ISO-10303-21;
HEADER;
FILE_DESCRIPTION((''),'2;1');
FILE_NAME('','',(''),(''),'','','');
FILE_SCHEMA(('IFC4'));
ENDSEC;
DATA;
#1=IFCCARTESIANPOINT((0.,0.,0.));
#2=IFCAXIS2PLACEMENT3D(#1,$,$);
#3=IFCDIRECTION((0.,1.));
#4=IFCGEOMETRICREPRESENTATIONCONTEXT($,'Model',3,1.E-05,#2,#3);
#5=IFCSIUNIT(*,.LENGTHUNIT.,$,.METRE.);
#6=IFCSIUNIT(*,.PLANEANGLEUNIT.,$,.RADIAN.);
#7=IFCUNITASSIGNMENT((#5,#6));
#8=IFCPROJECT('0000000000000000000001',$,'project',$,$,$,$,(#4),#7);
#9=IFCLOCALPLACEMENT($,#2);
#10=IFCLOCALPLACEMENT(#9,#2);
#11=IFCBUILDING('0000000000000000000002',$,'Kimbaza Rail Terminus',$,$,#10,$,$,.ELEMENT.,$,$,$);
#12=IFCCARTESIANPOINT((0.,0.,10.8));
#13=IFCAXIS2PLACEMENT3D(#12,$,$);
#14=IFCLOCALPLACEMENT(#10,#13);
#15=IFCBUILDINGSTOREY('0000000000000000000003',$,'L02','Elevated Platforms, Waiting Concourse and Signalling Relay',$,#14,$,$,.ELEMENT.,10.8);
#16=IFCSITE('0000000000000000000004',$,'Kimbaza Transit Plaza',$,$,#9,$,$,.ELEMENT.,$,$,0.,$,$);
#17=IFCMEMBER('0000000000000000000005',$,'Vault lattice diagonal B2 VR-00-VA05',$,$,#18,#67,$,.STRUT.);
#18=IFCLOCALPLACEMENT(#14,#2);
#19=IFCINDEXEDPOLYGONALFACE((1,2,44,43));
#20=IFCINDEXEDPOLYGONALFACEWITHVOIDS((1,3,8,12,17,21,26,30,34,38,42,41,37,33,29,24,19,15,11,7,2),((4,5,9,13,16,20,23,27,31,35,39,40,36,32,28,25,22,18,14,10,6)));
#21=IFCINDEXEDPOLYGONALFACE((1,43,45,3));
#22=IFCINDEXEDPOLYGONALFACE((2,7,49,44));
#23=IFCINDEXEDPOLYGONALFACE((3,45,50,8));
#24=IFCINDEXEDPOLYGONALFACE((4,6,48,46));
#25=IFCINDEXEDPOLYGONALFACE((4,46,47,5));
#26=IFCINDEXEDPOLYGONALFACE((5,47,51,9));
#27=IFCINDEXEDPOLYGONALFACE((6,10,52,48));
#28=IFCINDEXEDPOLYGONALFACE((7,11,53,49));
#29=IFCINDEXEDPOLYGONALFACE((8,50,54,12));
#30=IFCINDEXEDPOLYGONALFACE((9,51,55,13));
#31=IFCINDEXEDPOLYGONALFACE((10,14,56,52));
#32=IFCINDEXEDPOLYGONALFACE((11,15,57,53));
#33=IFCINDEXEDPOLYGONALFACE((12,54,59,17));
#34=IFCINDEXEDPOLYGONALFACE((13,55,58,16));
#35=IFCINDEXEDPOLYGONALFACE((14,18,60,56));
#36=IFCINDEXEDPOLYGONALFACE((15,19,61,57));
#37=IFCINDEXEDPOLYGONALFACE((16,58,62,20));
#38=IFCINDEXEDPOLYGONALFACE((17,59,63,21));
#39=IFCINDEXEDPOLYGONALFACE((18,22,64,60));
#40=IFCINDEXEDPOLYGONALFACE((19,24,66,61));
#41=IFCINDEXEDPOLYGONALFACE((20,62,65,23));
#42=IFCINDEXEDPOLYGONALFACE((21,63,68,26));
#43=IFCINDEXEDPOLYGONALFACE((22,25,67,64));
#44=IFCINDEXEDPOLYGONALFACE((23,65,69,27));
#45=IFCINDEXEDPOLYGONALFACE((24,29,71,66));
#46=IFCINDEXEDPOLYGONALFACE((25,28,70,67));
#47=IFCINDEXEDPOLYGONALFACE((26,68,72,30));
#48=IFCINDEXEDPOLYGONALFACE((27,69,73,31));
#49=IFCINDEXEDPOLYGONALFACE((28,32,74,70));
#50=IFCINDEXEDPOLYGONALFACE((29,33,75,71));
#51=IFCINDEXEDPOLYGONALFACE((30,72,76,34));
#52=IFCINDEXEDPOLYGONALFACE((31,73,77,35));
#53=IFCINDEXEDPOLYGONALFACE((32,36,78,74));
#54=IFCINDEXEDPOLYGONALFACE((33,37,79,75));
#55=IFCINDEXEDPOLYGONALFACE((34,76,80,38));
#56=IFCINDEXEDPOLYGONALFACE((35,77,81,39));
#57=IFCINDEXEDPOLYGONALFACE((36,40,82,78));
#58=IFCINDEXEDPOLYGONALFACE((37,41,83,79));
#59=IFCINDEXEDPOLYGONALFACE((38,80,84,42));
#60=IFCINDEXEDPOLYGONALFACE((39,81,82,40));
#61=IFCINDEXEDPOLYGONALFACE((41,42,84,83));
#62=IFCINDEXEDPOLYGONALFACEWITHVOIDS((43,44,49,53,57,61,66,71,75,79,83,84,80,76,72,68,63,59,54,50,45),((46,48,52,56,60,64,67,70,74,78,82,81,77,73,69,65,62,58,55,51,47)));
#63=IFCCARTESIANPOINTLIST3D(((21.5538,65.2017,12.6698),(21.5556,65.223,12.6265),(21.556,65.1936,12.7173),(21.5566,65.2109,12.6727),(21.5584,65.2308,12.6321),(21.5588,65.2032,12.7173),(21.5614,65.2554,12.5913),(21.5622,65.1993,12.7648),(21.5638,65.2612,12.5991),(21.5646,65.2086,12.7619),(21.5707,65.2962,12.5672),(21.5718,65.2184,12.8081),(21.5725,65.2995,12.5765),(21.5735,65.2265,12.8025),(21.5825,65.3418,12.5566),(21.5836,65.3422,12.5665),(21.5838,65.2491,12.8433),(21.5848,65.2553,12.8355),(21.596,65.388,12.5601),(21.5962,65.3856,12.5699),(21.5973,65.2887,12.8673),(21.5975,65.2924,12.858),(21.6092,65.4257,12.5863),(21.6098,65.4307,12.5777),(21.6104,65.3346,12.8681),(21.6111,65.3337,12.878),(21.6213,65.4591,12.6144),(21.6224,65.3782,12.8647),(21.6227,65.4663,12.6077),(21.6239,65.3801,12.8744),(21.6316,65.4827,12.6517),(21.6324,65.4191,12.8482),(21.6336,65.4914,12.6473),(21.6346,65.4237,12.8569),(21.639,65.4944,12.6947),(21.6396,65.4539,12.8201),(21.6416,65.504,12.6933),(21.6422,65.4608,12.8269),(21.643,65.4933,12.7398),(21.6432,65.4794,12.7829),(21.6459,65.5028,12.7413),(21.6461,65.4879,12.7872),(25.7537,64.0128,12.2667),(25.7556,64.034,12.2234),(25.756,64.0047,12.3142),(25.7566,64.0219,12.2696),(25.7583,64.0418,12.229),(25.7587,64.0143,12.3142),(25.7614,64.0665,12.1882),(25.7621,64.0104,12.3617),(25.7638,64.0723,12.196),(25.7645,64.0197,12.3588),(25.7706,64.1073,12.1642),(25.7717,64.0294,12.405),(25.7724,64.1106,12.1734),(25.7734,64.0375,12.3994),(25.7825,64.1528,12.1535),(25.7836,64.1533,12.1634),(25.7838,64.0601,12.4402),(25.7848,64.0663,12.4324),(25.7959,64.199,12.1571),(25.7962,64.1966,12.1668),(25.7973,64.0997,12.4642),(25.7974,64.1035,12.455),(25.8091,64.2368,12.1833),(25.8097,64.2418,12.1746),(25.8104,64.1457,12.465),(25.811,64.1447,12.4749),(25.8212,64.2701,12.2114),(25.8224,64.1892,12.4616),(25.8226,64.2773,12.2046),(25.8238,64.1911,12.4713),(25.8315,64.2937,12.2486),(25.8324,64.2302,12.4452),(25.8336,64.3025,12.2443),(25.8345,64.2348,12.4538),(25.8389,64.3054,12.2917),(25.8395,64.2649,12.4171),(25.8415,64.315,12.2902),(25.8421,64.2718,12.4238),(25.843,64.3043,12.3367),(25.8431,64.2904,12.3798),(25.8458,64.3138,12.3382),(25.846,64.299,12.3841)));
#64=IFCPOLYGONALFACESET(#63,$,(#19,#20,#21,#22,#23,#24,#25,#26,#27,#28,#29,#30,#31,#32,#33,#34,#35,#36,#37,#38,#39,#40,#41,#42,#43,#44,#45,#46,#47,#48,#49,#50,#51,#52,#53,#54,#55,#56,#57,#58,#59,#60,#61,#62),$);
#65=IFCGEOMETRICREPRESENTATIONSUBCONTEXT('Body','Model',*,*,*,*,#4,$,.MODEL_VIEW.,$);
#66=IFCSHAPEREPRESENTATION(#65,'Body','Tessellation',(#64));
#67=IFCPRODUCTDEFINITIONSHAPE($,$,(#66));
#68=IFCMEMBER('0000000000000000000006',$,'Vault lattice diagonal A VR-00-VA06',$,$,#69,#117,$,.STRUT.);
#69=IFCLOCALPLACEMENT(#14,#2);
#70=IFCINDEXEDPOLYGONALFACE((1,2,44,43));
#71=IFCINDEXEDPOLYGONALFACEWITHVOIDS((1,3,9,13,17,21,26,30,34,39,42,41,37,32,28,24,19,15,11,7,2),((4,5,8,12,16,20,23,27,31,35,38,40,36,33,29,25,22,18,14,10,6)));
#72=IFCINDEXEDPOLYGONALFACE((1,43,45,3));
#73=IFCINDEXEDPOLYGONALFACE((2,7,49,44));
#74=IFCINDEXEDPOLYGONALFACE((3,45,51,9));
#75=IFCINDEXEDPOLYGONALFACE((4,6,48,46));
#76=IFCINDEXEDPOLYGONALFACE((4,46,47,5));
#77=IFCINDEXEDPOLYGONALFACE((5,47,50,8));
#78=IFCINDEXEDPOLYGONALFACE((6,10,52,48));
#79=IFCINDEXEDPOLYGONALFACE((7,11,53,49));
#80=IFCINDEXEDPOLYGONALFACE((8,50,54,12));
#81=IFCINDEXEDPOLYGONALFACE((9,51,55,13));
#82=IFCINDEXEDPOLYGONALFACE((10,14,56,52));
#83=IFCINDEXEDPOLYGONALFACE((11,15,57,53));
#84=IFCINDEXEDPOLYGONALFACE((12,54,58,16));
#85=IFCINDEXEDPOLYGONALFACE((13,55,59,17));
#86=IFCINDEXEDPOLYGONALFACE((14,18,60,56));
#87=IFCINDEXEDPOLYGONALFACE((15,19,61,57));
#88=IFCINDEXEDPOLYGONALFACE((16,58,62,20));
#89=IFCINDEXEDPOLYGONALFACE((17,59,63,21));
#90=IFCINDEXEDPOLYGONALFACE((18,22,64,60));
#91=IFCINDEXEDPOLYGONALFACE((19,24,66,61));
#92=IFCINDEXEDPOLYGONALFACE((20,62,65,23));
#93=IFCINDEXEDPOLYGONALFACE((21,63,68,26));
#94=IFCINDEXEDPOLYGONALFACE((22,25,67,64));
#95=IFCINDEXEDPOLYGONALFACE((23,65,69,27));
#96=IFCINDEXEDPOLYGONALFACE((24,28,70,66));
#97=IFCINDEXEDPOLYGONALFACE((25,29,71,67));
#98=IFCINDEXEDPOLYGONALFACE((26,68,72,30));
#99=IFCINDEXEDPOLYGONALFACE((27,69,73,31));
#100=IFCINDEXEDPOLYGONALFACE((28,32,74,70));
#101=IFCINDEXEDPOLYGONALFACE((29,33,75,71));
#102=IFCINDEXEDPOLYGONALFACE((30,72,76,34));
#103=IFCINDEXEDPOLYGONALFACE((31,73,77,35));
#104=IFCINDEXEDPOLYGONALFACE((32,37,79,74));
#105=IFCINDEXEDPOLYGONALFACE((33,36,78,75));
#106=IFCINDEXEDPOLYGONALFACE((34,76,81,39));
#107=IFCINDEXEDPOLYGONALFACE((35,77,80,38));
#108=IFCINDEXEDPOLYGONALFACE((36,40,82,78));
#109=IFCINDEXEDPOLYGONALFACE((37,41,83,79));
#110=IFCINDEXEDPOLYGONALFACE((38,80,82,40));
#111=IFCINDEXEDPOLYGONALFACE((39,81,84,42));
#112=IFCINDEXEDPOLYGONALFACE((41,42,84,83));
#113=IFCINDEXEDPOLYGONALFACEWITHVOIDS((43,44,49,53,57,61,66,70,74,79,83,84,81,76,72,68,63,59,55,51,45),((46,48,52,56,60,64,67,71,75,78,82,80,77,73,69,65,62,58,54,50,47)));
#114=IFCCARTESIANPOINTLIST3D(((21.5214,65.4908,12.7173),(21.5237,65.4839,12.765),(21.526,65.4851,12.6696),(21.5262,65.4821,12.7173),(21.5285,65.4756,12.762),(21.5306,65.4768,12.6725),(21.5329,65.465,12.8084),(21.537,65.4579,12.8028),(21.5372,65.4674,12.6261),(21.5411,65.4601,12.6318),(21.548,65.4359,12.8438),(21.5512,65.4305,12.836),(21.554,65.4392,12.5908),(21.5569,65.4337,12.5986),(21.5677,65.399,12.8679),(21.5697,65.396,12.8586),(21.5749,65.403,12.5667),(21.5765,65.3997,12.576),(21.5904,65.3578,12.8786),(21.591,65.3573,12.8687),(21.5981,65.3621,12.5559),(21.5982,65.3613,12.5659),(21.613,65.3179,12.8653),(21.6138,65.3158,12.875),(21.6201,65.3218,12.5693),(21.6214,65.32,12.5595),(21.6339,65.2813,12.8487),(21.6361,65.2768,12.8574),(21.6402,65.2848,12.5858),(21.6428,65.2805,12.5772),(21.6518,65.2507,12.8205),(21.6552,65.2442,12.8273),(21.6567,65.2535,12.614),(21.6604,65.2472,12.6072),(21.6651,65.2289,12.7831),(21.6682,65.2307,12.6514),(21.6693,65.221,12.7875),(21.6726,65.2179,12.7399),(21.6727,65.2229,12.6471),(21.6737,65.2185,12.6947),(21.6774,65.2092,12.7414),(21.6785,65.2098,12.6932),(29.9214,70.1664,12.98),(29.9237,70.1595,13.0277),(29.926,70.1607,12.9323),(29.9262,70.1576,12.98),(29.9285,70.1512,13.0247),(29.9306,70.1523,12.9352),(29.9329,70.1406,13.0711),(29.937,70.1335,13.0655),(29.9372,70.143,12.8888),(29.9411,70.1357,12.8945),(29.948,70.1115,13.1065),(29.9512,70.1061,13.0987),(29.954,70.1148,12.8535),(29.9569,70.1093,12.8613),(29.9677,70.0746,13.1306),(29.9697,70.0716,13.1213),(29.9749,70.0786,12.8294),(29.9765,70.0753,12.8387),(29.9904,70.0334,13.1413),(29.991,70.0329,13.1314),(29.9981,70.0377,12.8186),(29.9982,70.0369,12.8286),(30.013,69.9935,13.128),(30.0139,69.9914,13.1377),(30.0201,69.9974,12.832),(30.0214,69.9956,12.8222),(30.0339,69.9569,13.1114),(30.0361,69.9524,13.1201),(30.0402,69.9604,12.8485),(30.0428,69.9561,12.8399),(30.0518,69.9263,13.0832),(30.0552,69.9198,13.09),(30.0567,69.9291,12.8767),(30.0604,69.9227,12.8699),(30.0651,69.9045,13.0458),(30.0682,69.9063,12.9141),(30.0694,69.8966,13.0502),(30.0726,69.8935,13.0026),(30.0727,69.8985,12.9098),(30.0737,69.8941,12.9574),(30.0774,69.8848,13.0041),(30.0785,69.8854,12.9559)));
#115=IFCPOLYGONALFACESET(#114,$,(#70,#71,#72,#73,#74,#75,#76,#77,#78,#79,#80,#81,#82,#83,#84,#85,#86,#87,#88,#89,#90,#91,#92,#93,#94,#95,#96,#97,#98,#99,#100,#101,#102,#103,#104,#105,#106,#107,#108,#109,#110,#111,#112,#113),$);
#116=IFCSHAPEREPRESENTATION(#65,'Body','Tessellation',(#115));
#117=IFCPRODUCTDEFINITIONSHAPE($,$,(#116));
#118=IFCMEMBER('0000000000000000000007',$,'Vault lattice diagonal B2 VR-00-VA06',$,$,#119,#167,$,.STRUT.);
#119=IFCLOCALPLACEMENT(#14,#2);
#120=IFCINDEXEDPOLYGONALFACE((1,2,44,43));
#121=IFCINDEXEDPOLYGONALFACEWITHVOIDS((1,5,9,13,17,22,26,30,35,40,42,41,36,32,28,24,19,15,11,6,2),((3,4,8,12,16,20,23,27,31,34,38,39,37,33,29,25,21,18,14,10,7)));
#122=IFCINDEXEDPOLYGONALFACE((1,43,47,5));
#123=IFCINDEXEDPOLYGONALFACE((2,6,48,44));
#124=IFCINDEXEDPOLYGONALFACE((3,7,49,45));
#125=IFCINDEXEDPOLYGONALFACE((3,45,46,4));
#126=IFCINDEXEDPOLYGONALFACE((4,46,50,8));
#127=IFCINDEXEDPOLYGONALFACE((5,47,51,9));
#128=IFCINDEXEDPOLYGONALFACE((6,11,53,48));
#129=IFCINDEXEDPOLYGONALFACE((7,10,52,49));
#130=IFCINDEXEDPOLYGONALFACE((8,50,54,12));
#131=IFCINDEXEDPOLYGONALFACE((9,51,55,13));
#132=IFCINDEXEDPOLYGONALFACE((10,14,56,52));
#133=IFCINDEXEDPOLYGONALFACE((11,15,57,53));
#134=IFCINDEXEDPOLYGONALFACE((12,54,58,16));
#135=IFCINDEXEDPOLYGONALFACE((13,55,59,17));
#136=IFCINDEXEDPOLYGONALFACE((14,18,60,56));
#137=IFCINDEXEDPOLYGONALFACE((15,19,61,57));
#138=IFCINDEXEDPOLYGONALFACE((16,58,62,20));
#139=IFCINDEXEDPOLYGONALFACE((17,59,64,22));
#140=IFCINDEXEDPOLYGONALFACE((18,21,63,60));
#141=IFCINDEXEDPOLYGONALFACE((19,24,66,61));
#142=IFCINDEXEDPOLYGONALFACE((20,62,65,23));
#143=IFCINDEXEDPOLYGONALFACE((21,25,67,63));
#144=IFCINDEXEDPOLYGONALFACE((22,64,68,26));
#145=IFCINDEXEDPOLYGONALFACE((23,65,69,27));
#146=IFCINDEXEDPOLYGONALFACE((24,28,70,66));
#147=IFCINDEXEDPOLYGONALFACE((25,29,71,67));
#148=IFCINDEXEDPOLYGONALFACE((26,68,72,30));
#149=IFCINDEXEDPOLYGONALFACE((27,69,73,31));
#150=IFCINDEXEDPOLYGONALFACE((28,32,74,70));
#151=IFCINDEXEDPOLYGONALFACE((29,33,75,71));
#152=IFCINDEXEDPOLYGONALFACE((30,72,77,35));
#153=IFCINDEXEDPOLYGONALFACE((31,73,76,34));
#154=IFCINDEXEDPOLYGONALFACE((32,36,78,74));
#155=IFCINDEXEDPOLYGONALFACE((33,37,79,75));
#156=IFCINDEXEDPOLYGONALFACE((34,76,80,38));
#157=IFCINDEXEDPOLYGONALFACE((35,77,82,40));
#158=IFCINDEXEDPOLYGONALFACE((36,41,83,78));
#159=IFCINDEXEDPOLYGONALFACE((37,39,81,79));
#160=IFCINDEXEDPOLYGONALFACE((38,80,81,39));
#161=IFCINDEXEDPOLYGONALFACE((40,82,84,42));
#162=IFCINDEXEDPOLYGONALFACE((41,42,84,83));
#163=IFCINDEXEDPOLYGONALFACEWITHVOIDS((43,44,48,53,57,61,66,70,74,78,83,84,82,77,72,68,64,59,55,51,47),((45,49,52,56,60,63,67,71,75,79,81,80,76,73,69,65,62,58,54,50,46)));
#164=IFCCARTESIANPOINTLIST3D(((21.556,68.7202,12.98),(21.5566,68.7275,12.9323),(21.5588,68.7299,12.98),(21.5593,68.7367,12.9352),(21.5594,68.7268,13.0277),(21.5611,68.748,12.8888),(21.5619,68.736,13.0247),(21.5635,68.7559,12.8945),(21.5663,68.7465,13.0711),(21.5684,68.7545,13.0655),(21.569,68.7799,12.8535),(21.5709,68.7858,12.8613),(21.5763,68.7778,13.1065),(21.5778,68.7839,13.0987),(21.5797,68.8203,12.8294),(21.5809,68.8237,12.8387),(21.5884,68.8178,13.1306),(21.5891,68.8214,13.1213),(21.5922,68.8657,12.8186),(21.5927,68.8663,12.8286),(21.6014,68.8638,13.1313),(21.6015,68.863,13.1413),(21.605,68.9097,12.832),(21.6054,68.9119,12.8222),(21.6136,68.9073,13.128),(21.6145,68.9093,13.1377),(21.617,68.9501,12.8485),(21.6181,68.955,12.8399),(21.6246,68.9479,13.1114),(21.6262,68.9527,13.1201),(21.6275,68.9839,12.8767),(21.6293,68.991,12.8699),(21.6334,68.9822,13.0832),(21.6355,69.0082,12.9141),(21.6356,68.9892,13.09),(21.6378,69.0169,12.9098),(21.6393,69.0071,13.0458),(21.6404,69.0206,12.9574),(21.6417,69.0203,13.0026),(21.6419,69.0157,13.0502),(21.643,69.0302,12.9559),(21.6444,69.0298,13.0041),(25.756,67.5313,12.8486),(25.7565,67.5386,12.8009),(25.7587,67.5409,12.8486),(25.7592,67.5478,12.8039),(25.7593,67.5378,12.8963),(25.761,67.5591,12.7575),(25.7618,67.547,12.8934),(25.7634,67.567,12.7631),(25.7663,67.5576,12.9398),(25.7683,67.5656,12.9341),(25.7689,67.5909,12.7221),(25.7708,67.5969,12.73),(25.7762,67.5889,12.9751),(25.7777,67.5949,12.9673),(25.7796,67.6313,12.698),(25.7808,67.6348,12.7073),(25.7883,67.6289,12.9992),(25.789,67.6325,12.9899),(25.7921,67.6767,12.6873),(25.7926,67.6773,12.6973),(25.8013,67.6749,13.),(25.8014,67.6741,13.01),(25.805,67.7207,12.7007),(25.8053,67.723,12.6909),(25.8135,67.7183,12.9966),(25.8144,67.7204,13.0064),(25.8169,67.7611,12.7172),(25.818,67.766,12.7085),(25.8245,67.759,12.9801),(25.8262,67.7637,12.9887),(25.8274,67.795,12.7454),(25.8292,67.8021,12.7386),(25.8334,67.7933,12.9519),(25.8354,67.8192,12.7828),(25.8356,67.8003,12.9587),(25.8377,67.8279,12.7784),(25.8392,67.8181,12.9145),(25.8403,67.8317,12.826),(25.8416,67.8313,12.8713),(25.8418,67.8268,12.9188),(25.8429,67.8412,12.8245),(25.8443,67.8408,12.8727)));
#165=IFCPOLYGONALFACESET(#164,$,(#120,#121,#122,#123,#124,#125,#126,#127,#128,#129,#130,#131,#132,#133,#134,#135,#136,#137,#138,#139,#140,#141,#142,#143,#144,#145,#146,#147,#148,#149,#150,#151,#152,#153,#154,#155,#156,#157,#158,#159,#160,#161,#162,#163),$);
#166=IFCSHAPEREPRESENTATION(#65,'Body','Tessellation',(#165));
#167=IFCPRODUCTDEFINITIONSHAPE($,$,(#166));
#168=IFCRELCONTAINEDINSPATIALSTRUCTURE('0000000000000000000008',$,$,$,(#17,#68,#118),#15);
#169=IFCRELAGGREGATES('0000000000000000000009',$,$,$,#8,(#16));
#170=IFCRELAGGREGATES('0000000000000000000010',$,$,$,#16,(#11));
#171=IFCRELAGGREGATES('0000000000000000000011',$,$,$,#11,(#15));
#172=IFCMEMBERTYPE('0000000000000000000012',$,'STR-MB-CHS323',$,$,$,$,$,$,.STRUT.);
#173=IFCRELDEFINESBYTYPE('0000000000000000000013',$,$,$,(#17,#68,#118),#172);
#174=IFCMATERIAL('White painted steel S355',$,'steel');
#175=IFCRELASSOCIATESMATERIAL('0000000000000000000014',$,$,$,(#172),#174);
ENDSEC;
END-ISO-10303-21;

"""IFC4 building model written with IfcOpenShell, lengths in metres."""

from ifc_helpers import new_model, si_unit, direction, frame, origin, origin_2d, place, context, subcontext, project, spatial, hollow_circle, extrude, material, material_profile, profile_set, type_object, element, save


model = new_model("IFC4")

# Units and contexts
model_context = context("Model", 3, precision=1e-05, world=origin(), true_north=direction((0.0, 1.0)))
body_context = subcontext(model_context, "Body", "Model", "MODEL_VIEW")
ifc_project = project(units=[si_unit("LENGTHUNIT", "METRE"), si_unit("PLANEANGLEUNIT", "RADIAN")], contexts=[model_context])

# Site, building, storey
site_placement = place(None, origin())
site = spatial("IfcSite", under=ifc_project, at=site_placement, Name="Kimbaza Transit Plaza", CompositionType="ELEMENT", RefElevation=0.0)
building_placement = place(site_placement, origin())
building = spatial("IfcBuilding", under=site, at=building_placement, Name="Kimbaza Rail Terminus", CompositionType="ELEMENT")
storey_placement = place(building_placement, frame((0.0, 0.0, 10.8)))
storey = spatial("IfcBuildingStorey", under=building, at=storey_placement, Name="L02", Description="Elevated Platforms, Waiting Concourse and Signalling Relay", CompositionType="ELEMENT", Elevation=10.8)

# Members
ifc_material_1 = material(Name="White painted steel S355", Category="steel")
ifc_material_profile_1 = material_profile(ifc_material_1, hollow_circle(Radius=0.1619, WallThickness=0.01, at=origin_2d()), Name="CHS 323.9x10")
ifc_profile_set_1 = profile_set([ifc_material_profile_1], Name="White painted steel S355")
member_type_1 = type_object("IfcMemberType", Name="STR-MB-CHS323", PredefinedType="STRUT", material=ifc_profile_set_1)
for number, where, z_axis, x_axis, name in (
    (1, (25.8, 64.1604, 12.3142), (-0.958112, 0.271232, 0.091952), (-0.272386, -0.962188, 0.0), "Vault lattice diagonal B2 VR-00-VA05"),
):
    element("IfcMember", number, at=place(storey_placement, frame(where, z_axis=z_axis, x_axis=x_axis)), inside=storey, type_object=member_type_1, Name=name, PredefinedType="STRUT", context=body_context, shape_type="SweptSolid", body=[
        extrude(hollow_circle(Radius=0.1619, WallThickness=0.01, at=origin_2d()), origin(), (0.0, 0.0, 1.0), 4.3835),
    ])
member_1_placement = place(storey_placement, frame((21.6001, 65.3494, 12.7173), z_axis=(0.873437, 0.486171, 0.027316), x_axis=(-0.486352, 0.873763, 0.0)))
element("IfcMember", 2, at=member_1_placement, inside=storey, type_object=member_type_1, Name="Vault lattice diagonal A VR-00-VA06", PredefinedType="STRUT", context=body_context, shape_type="SweptSolid", body=[
    extrude(hollow_circle(Radius=0.1619, WallThickness=0.01, at=origin_2d()), origin(), (0.0, 0.0, 1.0), 9.6172),
])
member_2_placement = place(storey_placement, frame((25.8, 67.687, 12.8486), z_axis=(-0.961753, 0.272263, 0.030077), x_axis=(-0.272386, -0.962188, 0.0)))
element("IfcMember", 3, at=member_2_placement, inside=storey, type_object=member_type_1, Name="Vault lattice diagonal B2 VR-00-VA06", PredefinedType="STRUT", context=body_context, shape_type="SweptSolid", body=[
    extrude(hollow_circle(Radius=0.1619, WallThickness=0.01, at=origin_2d()), origin(), (0.0, 0.0, 1.0), 4.3669),
])

save(model, "model.ifc")
